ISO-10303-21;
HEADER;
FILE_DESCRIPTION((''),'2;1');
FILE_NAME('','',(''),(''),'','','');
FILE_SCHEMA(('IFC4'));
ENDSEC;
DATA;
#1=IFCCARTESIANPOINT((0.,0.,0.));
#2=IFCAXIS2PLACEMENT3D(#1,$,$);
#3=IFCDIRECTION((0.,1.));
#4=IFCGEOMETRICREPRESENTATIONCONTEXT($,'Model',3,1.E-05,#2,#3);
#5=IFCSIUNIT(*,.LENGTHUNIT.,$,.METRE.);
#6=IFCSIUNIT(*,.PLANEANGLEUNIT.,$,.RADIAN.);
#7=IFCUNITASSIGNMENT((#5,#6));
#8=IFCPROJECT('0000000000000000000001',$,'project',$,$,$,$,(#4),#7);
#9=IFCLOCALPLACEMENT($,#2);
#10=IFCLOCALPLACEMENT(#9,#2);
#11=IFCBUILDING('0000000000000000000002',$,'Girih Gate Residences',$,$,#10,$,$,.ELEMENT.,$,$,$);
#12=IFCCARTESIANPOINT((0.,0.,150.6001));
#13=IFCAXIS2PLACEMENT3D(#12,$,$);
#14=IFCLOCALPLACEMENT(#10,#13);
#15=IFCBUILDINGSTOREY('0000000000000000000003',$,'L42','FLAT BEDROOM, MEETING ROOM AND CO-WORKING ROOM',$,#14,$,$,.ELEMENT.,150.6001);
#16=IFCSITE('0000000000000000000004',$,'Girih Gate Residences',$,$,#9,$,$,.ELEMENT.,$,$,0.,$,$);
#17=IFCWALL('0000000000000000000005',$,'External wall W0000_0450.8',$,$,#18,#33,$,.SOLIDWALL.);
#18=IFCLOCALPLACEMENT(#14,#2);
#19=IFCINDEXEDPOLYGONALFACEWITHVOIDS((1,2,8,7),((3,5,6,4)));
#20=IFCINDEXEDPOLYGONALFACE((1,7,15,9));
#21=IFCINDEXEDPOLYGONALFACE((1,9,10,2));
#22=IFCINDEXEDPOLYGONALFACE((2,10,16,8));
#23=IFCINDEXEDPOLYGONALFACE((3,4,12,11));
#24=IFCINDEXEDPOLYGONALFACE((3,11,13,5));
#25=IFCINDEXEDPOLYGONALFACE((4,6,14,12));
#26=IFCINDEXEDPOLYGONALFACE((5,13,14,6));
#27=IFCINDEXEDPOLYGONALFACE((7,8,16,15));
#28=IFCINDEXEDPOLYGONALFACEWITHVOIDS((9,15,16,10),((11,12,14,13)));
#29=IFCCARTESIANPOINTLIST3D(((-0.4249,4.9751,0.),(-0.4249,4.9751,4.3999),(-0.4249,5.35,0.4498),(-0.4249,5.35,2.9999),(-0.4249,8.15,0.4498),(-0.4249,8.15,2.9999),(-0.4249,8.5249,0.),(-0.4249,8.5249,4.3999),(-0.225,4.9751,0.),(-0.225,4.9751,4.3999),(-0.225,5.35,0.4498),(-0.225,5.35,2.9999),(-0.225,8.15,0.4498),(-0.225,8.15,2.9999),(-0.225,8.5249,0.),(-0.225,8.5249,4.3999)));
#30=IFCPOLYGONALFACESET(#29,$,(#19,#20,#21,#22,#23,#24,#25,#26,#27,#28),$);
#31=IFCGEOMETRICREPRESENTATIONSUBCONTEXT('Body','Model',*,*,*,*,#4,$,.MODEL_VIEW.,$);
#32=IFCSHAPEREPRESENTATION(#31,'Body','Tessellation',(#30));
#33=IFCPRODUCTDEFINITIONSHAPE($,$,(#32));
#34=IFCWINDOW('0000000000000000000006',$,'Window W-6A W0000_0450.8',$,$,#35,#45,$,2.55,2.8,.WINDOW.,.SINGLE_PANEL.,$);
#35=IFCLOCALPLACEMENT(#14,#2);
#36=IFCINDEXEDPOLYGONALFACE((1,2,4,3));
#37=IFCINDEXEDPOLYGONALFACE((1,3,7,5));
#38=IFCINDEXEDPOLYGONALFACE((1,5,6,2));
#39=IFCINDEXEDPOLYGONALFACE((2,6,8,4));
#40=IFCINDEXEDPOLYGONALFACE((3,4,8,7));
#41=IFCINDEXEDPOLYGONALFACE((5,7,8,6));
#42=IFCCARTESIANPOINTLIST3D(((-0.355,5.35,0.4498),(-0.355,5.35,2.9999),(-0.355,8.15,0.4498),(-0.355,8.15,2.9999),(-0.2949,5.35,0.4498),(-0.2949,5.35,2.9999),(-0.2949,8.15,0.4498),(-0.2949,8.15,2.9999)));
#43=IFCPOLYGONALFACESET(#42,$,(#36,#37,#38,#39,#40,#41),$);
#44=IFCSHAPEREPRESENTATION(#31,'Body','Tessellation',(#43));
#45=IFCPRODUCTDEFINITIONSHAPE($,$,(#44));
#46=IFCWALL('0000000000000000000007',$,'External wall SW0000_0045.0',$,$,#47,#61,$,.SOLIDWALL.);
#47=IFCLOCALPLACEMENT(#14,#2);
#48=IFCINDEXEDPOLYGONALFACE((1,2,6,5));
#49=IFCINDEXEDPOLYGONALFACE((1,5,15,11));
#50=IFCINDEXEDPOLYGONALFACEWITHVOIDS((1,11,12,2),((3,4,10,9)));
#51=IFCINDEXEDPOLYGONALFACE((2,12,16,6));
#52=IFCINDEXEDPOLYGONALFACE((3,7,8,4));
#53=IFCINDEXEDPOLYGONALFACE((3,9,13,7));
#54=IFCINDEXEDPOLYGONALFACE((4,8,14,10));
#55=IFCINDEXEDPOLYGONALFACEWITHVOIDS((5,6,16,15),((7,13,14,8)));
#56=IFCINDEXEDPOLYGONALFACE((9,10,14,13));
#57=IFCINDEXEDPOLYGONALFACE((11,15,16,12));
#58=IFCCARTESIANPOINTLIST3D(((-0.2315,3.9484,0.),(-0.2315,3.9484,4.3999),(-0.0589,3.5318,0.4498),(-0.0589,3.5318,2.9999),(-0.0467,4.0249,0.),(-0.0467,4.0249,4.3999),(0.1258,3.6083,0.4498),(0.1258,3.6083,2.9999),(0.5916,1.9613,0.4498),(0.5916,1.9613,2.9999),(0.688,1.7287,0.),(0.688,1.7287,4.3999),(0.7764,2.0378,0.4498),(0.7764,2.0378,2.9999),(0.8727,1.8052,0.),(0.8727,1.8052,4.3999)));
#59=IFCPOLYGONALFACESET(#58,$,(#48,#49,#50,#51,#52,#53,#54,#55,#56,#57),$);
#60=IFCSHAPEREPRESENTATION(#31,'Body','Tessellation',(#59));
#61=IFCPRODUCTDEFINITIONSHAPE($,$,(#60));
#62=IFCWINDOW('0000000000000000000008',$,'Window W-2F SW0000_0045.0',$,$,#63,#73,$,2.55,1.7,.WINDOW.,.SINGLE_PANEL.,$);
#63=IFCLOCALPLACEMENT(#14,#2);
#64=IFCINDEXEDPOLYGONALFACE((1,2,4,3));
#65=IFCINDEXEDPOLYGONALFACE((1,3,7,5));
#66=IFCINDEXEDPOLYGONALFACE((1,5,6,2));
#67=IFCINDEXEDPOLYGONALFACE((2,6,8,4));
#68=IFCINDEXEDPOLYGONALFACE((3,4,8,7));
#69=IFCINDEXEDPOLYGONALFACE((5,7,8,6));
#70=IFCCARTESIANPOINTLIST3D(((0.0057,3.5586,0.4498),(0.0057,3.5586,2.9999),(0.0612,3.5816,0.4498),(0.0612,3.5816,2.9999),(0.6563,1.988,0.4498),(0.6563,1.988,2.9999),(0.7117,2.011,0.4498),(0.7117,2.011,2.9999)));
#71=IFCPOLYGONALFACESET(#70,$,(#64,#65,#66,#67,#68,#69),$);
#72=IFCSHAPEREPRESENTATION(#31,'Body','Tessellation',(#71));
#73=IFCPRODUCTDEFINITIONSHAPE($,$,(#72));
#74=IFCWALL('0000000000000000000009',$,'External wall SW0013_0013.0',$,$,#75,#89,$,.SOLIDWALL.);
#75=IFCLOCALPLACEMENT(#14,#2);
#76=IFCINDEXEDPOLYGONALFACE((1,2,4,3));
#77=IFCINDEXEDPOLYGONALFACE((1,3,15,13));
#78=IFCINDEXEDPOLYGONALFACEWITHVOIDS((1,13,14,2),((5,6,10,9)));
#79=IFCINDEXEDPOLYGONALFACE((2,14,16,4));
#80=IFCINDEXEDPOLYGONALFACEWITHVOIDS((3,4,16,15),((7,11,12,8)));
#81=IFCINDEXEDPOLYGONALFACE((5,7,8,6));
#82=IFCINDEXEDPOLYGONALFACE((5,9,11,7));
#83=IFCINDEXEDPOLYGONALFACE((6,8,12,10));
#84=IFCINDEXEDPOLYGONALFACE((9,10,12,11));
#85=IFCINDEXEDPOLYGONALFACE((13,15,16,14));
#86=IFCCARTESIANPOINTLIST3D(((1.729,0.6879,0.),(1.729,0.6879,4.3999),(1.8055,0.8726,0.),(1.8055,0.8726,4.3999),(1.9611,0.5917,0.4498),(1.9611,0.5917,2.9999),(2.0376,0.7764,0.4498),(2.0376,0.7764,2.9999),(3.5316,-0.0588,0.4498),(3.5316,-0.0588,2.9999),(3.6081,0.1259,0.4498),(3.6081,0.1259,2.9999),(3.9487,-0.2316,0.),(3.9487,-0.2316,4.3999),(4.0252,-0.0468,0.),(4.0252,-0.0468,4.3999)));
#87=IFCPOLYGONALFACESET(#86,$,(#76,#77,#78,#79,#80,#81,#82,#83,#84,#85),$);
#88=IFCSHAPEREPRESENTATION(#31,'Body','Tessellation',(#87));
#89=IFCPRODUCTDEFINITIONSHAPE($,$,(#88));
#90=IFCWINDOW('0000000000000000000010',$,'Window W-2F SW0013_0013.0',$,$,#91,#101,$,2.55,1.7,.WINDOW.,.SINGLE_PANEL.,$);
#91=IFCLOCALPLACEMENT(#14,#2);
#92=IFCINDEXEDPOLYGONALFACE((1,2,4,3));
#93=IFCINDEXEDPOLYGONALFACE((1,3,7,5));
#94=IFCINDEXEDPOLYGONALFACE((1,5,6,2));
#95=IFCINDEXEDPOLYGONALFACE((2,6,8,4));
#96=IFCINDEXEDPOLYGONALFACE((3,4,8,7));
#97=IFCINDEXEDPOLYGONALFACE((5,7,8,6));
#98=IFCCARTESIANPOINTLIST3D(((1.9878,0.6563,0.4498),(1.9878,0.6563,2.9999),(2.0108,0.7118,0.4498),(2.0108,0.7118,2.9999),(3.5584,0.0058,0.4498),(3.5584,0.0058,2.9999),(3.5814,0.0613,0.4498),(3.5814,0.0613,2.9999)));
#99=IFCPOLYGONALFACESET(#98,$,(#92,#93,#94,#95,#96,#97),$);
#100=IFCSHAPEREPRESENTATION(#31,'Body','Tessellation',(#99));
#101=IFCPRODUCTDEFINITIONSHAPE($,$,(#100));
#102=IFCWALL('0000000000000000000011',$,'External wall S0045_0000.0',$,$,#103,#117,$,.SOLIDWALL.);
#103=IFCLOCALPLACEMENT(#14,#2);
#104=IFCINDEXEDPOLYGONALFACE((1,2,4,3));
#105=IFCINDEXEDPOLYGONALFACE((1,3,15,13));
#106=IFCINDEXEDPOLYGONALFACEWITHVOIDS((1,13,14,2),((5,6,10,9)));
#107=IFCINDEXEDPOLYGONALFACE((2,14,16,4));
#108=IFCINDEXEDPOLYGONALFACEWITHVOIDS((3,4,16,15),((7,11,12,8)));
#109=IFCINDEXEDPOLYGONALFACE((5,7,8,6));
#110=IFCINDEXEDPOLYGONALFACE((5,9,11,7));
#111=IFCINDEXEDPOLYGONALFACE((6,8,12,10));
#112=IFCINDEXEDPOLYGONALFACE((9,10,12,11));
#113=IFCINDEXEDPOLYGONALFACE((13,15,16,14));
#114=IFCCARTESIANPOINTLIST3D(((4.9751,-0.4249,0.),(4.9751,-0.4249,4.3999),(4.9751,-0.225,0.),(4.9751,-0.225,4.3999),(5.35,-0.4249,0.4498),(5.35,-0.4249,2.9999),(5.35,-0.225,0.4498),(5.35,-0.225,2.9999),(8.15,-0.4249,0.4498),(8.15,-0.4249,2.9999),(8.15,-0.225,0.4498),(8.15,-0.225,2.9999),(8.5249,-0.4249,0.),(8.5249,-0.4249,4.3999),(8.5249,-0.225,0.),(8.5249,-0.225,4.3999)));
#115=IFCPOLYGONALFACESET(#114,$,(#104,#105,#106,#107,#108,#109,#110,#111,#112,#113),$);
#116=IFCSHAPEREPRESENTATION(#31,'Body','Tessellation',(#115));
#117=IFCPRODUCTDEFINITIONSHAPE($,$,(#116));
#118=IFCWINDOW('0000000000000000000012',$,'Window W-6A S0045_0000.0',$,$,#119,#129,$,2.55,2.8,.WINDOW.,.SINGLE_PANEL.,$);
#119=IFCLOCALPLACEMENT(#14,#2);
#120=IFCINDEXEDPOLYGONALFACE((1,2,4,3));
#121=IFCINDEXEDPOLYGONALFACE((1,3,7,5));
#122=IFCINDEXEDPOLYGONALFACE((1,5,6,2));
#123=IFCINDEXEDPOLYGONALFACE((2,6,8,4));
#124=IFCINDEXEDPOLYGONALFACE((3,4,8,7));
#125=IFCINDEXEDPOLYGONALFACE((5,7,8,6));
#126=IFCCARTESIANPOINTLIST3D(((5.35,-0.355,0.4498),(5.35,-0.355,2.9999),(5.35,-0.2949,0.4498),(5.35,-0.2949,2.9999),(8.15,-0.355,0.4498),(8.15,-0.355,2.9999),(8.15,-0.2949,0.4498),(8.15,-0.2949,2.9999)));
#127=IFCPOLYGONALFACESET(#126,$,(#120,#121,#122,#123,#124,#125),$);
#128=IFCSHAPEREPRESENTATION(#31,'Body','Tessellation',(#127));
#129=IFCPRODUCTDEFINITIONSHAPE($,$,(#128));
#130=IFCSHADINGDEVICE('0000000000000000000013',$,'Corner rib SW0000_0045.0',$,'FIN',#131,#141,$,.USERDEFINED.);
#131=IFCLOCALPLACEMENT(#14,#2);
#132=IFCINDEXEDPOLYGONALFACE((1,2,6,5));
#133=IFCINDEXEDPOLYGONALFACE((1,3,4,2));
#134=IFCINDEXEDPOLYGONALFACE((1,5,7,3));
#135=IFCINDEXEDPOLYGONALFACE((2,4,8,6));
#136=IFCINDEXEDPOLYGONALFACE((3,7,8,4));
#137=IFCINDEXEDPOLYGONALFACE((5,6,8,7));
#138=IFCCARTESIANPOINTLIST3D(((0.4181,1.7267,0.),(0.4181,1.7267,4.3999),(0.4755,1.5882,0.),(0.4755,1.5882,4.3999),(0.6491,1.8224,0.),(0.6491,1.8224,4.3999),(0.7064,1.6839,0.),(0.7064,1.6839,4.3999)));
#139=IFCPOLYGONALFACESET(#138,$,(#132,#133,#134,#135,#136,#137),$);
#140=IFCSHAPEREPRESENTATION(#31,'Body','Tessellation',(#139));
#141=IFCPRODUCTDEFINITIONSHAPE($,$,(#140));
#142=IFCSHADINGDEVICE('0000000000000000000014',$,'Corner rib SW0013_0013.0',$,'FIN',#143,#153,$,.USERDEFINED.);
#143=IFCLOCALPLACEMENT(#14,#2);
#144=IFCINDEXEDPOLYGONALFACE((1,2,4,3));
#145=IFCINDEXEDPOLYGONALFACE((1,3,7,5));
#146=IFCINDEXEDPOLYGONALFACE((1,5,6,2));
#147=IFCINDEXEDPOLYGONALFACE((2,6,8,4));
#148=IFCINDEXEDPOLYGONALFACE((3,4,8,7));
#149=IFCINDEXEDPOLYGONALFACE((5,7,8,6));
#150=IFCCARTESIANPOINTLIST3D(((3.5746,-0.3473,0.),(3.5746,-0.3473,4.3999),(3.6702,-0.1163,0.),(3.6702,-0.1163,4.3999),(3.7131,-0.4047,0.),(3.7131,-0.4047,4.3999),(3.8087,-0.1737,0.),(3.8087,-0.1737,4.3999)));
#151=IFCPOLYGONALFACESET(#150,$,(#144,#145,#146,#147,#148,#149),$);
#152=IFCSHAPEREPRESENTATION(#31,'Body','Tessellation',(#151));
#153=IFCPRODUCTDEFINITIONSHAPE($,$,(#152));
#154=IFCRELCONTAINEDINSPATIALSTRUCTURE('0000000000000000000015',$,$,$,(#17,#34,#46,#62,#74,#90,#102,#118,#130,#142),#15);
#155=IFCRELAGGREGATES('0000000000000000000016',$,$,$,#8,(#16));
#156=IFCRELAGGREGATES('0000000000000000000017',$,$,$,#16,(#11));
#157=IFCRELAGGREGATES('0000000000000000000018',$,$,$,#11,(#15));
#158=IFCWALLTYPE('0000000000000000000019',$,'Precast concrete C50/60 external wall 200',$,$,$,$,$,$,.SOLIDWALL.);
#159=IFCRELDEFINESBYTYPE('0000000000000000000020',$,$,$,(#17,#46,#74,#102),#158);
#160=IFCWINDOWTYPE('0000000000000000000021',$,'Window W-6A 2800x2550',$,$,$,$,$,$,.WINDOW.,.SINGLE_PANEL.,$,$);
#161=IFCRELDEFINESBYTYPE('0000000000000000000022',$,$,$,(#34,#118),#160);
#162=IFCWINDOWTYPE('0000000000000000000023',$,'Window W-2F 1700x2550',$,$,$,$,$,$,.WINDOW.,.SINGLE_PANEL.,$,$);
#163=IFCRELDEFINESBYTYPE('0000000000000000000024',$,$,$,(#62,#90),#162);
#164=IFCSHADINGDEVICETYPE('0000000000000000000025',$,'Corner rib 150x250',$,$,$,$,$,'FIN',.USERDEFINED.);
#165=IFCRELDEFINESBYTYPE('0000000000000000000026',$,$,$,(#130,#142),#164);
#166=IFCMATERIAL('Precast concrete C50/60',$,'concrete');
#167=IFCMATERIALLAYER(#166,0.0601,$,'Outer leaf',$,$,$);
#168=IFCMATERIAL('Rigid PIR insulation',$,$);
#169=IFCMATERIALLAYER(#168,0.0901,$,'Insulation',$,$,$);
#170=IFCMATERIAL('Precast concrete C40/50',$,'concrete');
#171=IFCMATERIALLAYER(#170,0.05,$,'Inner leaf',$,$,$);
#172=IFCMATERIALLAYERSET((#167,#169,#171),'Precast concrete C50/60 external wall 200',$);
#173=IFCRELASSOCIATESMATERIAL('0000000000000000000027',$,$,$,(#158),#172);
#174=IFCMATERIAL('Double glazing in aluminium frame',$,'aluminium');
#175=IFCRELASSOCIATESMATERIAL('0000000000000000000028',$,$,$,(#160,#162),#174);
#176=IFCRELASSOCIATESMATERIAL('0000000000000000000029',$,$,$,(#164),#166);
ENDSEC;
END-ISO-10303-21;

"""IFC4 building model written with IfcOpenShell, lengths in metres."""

from ifc_helpers import new_model, si_unit, direction, frame, frame_2d, origin, origin_2d, place, context, subcontext, project, spatial, rectangle, extrude, material, layer, layer_set, type_object, element, fill, save


model = new_model("IFC4")

# Units and contexts
model_context = context("Model", 3, precision=1e-05, world=origin(), true_north=direction((0.0, 1.0)))
body_context = subcontext(model_context, "Body", "Model", "MODEL_VIEW")
ifc_project = project(units=[si_unit("LENGTHUNIT", "METRE"), si_unit("PLANEANGLEUNIT", "RADIAN")], contexts=[model_context])

# Site, building, storey
site_placement = place(None, origin())
site = spatial("IfcSite", under=ifc_project, at=site_placement, Name="Girih Gate Residences", CompositionType="ELEMENT", RefElevation=0.0)
building_placement = place(site_placement, origin())
building = spatial("IfcBuilding", under=site, at=building_placement, Name="Girih Gate Residences", CompositionType="ELEMENT")
storey_placement = place(building_placement, frame((0.0, 0.0, 150.6001)))
storey = spatial("IfcBuildingStorey", under=building, at=storey_placement, Name="L42", Description="FLAT BEDROOM, MEETING ROOM AND CO-WORKING ROOM", CompositionType="ELEMENT", Elevation=150.6001)

# Walls, openings, windows
ifc_material_1 = material(Name="Precast concrete C50/60", Category="concrete")
ifc_layer_1 = layer(ifc_material_1, 0.0601, Name="Outer leaf")
ifc_material_2 = material(Name="Rigid PIR insulation")
ifc_layer_2 = layer(ifc_material_2, 0.0901, Name="Insulation")
ifc_material_3 = material(Name="Precast concrete C40/50", Category="concrete")
ifc_layer_3 = layer(ifc_material_3, 0.05, Name="Inner leaf")
ifc_layer_set_1 = layer_set([ifc_layer_1, ifc_layer_2, ifc_layer_3], Name="Precast concrete C50/60 external wall 200")
wall_type = type_object("IfcWallType", Name="Precast concrete C50/60 external wall 200", PredefinedType="SOLIDWALL", material=ifc_layer_set_1)
wall_1_placement = place(storey_placement, frame((-0.325, 4.9751, 0.0), z_axis=(0.0, 0.0, 1.0), x_axis=(0.0, 1.0, 0.0)))
wall_1 = element("IfcWall", 1, at=wall_1_placement, inside=storey, type_object=wall_type, Name="External wall W0000_0450.8", PredefinedType="SOLIDWALL", context=body_context, shape_type="SweptSolid", body=[
    extrude(rectangle(XDim=3.5498, YDim=0.2, at=frame_2d((1.7749, 0.0))), origin(), (0.0, 0.0, 1.0), 4.3999),
])
opening_1_placement = place(wall_1_placement, frame((0.375, 0.0, 0.45)))
opening_1 = element("IfcOpeningElement", 2, at=opening_1_placement, cuts=wall_1, PredefinedType="OPENING", context=body_context, shape_type="SweptSolid", body=[
    extrude(rectangle(XDim=2.8, YDim=2.55, at=frame_2d((1.3999, 1.2749))), frame((0.0, 0.1099, 0.0), z_axis=(0.0, -1.0, 0.0), x_axis=(1.0, 0.0, 0.0)), (0.0, 0.0, 1.0), 0.22),
])
ifc_material_4 = material(Name="Double glazing in aluminium frame", Category="aluminium")
window_type_1 = type_object("IfcWindowType", Name="Window W-6A 2800x2550", PartitioningType="SINGLE_PANEL", PredefinedType="WINDOW", material=ifc_material_4)
window_1_placement = place(opening_1_placement, origin())
window_1 = element("IfcWindow", 3, at=window_1_placement, inside=storey, type_object=window_type_1, Name="Window W-6A W0000_0450.8", OverallHeight=2.55, OverallWidth=2.8, PartitioningType="SINGLE_PANEL", PredefinedType="WINDOW", context=body_context, shape_type="SweptSolid", body=[
    extrude(rectangle(XDim=2.8, YDim=2.55, at=frame_2d((1.3999, 1.2749))), frame((0.0, 0.03, 0.0), z_axis=(0.0, -1.0, 0.0), x_axis=(1.0, 0.0, 0.0)), (0.0, 0.0, 1.0), 0.0601),
])
fill(opening_1, window_1)
wall_2_placement = place(storey_placement, frame((0.7803, 1.7671, 0.0), z_axis=(0.0, 0.0, 1.0), x_axis=(-0.382681, 0.923881, 0.0)))
wall_2 = element("IfcWall", 4, at=wall_2_placement, inside=storey, type_object=wall_type, Name="External wall SW0000_0045.0", PredefinedType="SOLIDWALL", context=body_context, shape_type="SweptSolid", body=[
    extrude(rectangle(XDim=2.4026, YDim=0.2, at=frame_2d((1.2012, 0.0))), origin(), (0.0, 0.0, 1.0), 4.3999),
])
opening_2_placement = place(wall_2_placement, frame((0.2515, 0.0, 0.45)))
opening_2 = element("IfcOpeningElement", 5, at=opening_2_placement, cuts=wall_2, PredefinedType="OPENING", context=body_context, shape_type="SweptSolid", body=[
    extrude(rectangle(XDim=1.7, YDim=2.55, at=frame_2d((0.8501, 1.2749))), frame((0.0, 0.1099, 0.0), z_axis=(0.0, -1.0, 0.0), x_axis=(1.0, 0.0, 0.0)), (0.0, 0.0, 1.0), 0.22),
])
window_type_2 = type_object("IfcWindowType", Name="Window W-2F 1700x2550", PartitioningType="SINGLE_PANEL", PredefinedType="WINDOW", material=ifc_material_4)
window_2_placement = place(opening_2_placement, origin())
window_2 = element("IfcWindow", 6, at=window_2_placement, inside=storey, type_object=window_type_2, Name="Window W-2F SW0000_0045.0", OverallHeight=2.55, OverallWidth=1.7, PartitioningType="SINGLE_PANEL", PredefinedType="WINDOW", context=body_context, shape_type="SweptSolid", body=[
    extrude(rectangle(XDim=1.7, YDim=2.55, at=frame_2d((0.8501, 1.2749))), frame((0.0, 0.03, 0.0), z_axis=(0.0, -1.0, 0.0), x_axis=(1.0, 0.0, 0.0)), (0.0, 0.0, 1.0), 0.0601),
])
fill(opening_2, window_2)
wall_3_placement = place(storey_placement, frame((3.9868, -0.1392, 0.0), z_axis=(0.0, 0.0, 1.0), x_axis=(-0.923881, 0.382681, 0.0)))
wall_3 = element("IfcWall", 7, at=wall_3_placement, inside=storey, type_object=wall_type, Name="External wall SW0013_0013.0", PredefinedType="SOLIDWALL", context=body_context, shape_type="SweptSolid", body=[
    extrude(rectangle(XDim=2.4026, YDim=0.2, at=frame_2d((1.2012, 0.0))), origin(), (0.0, 0.0, 1.0), 4.3999),
])
opening_3_placement = place(wall_3_placement, frame((0.4512, 0.0, 0.45)))
opening_3 = element("IfcOpeningElement", 8, at=opening_3_placement, cuts=wall_3, PredefinedType="OPENING", context=body_context, shape_type="SweptSolid", body=[
    extrude(rectangle(XDim=1.7, YDim=2.55, at=frame_2d((0.8501, 1.2749))), frame((0.0, 0.1099, 0.0), z_axis=(0.0, -1.0, 0.0), x_axis=(1.0, 0.0, 0.0)), (0.0, 0.0, 1.0), 0.22),
])
window_3_placement = place(opening_3_placement, origin())
window_3 = element("IfcWindow", 9, at=window_3_placement, inside=storey, type_object=window_type_2, Name="Window W-2F SW0013_0013.0", OverallHeight=2.55, OverallWidth=1.7, PartitioningType="SINGLE_PANEL", PredefinedType="WINDOW", context=body_context, shape_type="SweptSolid", body=[
    extrude(rectangle(XDim=1.7, YDim=2.55, at=frame_2d((0.8501, 1.2749))), frame((0.0, 0.03, 0.0), z_axis=(0.0, -1.0, 0.0), x_axis=(1.0, 0.0, 0.0)), (0.0, 0.0, 1.0), 0.0601),
])
fill(opening_3, window_3)
wall_4_placement = place(storey_placement, frame((8.5249, -0.325, 0.0), z_axis=(0.0, 0.0, 1.0), x_axis=(-1.0, 0.0, 0.0)))
wall_4 = element("IfcWall", 10, at=wall_4_placement, inside=storey, type_object=wall_type, Name="External wall S0045_0000.0", PredefinedType="SOLIDWALL", context=body_context, shape_type="SweptSolid", body=[
    extrude(rectangle(XDim=3.5498, YDim=0.2, at=frame_2d((1.7749, 0.0))), origin(), (0.0, 0.0, 1.0), 4.3999),
])
opening_4_placement = place(wall_4_placement, frame((0.375, 0.0, 0.45)))
opening_4 = element("IfcOpeningElement", 11, at=opening_4_placement, cuts=wall_4, PredefinedType="OPENING", context=body_context, shape_type="SweptSolid", body=[
    extrude(rectangle(XDim=2.8, YDim=2.55, at=frame_2d((1.3999, 1.2749))), frame((0.0, 0.1099, 0.0), z_axis=(0.0, -1.0, 0.0), x_axis=(1.0, 0.0, 0.0)), (0.0, 0.0, 1.0), 0.22),
])
window_4_placement = place(opening_4_placement, origin())
window_4 = element("IfcWindow", 12, at=window_4_placement, inside=storey, type_object=window_type_1, Name="Window W-6A S0045_0000.0", OverallHeight=2.55, OverallWidth=2.8, PartitioningType="SINGLE_PANEL", PredefinedType="WINDOW", context=body_context, shape_type="SweptSolid", body=[
    extrude(rectangle(XDim=2.8, YDim=2.55, at=frame_2d((1.3999, 1.2749))), frame((0.0, 0.03, 0.0), z_axis=(0.0, -1.0, 0.0), x_axis=(1.0, 0.0, 0.0)), (0.0, 0.0, 1.0), 0.0601),
])
fill(opening_4, window_4)

# Shading devices
shading_device_type = type_object("IfcShadingDeviceType", Name="Corner rib 150x250", ElementType="FIN", PredefinedType="USERDEFINED", material=ifc_material_1)
for number, where, z_axis, x_axis, name in (
    (13, (0.5623, 1.7053, 0.0), (0.0, 0.0, 1.0), (0.382683, -0.92388, 0.0), "Corner rib SW0000_0045.0"),
    (14, (3.6917, -0.2605, 0.0), (0.0, 0.0, 1.0), (0.92388, -0.382683, 0.0), "Corner rib SW0013_0013.0"),
):
    element("IfcShadingDevice", number, at=place(storey_placement, frame(where, z_axis=z_axis, x_axis=x_axis)), inside=storey, type_object=shading_device_type, Name=name, ObjectType="FIN", PredefinedType="USERDEFINED", context=body_context, shape_type="SweptSolid", body=[
        extrude(rectangle(XDim=0.1499, YDim=0.25, at=origin_2d()), origin(), (0.0, 0.0, 1.0), 4.3999),
    ])

save(model, "model.ifc")
